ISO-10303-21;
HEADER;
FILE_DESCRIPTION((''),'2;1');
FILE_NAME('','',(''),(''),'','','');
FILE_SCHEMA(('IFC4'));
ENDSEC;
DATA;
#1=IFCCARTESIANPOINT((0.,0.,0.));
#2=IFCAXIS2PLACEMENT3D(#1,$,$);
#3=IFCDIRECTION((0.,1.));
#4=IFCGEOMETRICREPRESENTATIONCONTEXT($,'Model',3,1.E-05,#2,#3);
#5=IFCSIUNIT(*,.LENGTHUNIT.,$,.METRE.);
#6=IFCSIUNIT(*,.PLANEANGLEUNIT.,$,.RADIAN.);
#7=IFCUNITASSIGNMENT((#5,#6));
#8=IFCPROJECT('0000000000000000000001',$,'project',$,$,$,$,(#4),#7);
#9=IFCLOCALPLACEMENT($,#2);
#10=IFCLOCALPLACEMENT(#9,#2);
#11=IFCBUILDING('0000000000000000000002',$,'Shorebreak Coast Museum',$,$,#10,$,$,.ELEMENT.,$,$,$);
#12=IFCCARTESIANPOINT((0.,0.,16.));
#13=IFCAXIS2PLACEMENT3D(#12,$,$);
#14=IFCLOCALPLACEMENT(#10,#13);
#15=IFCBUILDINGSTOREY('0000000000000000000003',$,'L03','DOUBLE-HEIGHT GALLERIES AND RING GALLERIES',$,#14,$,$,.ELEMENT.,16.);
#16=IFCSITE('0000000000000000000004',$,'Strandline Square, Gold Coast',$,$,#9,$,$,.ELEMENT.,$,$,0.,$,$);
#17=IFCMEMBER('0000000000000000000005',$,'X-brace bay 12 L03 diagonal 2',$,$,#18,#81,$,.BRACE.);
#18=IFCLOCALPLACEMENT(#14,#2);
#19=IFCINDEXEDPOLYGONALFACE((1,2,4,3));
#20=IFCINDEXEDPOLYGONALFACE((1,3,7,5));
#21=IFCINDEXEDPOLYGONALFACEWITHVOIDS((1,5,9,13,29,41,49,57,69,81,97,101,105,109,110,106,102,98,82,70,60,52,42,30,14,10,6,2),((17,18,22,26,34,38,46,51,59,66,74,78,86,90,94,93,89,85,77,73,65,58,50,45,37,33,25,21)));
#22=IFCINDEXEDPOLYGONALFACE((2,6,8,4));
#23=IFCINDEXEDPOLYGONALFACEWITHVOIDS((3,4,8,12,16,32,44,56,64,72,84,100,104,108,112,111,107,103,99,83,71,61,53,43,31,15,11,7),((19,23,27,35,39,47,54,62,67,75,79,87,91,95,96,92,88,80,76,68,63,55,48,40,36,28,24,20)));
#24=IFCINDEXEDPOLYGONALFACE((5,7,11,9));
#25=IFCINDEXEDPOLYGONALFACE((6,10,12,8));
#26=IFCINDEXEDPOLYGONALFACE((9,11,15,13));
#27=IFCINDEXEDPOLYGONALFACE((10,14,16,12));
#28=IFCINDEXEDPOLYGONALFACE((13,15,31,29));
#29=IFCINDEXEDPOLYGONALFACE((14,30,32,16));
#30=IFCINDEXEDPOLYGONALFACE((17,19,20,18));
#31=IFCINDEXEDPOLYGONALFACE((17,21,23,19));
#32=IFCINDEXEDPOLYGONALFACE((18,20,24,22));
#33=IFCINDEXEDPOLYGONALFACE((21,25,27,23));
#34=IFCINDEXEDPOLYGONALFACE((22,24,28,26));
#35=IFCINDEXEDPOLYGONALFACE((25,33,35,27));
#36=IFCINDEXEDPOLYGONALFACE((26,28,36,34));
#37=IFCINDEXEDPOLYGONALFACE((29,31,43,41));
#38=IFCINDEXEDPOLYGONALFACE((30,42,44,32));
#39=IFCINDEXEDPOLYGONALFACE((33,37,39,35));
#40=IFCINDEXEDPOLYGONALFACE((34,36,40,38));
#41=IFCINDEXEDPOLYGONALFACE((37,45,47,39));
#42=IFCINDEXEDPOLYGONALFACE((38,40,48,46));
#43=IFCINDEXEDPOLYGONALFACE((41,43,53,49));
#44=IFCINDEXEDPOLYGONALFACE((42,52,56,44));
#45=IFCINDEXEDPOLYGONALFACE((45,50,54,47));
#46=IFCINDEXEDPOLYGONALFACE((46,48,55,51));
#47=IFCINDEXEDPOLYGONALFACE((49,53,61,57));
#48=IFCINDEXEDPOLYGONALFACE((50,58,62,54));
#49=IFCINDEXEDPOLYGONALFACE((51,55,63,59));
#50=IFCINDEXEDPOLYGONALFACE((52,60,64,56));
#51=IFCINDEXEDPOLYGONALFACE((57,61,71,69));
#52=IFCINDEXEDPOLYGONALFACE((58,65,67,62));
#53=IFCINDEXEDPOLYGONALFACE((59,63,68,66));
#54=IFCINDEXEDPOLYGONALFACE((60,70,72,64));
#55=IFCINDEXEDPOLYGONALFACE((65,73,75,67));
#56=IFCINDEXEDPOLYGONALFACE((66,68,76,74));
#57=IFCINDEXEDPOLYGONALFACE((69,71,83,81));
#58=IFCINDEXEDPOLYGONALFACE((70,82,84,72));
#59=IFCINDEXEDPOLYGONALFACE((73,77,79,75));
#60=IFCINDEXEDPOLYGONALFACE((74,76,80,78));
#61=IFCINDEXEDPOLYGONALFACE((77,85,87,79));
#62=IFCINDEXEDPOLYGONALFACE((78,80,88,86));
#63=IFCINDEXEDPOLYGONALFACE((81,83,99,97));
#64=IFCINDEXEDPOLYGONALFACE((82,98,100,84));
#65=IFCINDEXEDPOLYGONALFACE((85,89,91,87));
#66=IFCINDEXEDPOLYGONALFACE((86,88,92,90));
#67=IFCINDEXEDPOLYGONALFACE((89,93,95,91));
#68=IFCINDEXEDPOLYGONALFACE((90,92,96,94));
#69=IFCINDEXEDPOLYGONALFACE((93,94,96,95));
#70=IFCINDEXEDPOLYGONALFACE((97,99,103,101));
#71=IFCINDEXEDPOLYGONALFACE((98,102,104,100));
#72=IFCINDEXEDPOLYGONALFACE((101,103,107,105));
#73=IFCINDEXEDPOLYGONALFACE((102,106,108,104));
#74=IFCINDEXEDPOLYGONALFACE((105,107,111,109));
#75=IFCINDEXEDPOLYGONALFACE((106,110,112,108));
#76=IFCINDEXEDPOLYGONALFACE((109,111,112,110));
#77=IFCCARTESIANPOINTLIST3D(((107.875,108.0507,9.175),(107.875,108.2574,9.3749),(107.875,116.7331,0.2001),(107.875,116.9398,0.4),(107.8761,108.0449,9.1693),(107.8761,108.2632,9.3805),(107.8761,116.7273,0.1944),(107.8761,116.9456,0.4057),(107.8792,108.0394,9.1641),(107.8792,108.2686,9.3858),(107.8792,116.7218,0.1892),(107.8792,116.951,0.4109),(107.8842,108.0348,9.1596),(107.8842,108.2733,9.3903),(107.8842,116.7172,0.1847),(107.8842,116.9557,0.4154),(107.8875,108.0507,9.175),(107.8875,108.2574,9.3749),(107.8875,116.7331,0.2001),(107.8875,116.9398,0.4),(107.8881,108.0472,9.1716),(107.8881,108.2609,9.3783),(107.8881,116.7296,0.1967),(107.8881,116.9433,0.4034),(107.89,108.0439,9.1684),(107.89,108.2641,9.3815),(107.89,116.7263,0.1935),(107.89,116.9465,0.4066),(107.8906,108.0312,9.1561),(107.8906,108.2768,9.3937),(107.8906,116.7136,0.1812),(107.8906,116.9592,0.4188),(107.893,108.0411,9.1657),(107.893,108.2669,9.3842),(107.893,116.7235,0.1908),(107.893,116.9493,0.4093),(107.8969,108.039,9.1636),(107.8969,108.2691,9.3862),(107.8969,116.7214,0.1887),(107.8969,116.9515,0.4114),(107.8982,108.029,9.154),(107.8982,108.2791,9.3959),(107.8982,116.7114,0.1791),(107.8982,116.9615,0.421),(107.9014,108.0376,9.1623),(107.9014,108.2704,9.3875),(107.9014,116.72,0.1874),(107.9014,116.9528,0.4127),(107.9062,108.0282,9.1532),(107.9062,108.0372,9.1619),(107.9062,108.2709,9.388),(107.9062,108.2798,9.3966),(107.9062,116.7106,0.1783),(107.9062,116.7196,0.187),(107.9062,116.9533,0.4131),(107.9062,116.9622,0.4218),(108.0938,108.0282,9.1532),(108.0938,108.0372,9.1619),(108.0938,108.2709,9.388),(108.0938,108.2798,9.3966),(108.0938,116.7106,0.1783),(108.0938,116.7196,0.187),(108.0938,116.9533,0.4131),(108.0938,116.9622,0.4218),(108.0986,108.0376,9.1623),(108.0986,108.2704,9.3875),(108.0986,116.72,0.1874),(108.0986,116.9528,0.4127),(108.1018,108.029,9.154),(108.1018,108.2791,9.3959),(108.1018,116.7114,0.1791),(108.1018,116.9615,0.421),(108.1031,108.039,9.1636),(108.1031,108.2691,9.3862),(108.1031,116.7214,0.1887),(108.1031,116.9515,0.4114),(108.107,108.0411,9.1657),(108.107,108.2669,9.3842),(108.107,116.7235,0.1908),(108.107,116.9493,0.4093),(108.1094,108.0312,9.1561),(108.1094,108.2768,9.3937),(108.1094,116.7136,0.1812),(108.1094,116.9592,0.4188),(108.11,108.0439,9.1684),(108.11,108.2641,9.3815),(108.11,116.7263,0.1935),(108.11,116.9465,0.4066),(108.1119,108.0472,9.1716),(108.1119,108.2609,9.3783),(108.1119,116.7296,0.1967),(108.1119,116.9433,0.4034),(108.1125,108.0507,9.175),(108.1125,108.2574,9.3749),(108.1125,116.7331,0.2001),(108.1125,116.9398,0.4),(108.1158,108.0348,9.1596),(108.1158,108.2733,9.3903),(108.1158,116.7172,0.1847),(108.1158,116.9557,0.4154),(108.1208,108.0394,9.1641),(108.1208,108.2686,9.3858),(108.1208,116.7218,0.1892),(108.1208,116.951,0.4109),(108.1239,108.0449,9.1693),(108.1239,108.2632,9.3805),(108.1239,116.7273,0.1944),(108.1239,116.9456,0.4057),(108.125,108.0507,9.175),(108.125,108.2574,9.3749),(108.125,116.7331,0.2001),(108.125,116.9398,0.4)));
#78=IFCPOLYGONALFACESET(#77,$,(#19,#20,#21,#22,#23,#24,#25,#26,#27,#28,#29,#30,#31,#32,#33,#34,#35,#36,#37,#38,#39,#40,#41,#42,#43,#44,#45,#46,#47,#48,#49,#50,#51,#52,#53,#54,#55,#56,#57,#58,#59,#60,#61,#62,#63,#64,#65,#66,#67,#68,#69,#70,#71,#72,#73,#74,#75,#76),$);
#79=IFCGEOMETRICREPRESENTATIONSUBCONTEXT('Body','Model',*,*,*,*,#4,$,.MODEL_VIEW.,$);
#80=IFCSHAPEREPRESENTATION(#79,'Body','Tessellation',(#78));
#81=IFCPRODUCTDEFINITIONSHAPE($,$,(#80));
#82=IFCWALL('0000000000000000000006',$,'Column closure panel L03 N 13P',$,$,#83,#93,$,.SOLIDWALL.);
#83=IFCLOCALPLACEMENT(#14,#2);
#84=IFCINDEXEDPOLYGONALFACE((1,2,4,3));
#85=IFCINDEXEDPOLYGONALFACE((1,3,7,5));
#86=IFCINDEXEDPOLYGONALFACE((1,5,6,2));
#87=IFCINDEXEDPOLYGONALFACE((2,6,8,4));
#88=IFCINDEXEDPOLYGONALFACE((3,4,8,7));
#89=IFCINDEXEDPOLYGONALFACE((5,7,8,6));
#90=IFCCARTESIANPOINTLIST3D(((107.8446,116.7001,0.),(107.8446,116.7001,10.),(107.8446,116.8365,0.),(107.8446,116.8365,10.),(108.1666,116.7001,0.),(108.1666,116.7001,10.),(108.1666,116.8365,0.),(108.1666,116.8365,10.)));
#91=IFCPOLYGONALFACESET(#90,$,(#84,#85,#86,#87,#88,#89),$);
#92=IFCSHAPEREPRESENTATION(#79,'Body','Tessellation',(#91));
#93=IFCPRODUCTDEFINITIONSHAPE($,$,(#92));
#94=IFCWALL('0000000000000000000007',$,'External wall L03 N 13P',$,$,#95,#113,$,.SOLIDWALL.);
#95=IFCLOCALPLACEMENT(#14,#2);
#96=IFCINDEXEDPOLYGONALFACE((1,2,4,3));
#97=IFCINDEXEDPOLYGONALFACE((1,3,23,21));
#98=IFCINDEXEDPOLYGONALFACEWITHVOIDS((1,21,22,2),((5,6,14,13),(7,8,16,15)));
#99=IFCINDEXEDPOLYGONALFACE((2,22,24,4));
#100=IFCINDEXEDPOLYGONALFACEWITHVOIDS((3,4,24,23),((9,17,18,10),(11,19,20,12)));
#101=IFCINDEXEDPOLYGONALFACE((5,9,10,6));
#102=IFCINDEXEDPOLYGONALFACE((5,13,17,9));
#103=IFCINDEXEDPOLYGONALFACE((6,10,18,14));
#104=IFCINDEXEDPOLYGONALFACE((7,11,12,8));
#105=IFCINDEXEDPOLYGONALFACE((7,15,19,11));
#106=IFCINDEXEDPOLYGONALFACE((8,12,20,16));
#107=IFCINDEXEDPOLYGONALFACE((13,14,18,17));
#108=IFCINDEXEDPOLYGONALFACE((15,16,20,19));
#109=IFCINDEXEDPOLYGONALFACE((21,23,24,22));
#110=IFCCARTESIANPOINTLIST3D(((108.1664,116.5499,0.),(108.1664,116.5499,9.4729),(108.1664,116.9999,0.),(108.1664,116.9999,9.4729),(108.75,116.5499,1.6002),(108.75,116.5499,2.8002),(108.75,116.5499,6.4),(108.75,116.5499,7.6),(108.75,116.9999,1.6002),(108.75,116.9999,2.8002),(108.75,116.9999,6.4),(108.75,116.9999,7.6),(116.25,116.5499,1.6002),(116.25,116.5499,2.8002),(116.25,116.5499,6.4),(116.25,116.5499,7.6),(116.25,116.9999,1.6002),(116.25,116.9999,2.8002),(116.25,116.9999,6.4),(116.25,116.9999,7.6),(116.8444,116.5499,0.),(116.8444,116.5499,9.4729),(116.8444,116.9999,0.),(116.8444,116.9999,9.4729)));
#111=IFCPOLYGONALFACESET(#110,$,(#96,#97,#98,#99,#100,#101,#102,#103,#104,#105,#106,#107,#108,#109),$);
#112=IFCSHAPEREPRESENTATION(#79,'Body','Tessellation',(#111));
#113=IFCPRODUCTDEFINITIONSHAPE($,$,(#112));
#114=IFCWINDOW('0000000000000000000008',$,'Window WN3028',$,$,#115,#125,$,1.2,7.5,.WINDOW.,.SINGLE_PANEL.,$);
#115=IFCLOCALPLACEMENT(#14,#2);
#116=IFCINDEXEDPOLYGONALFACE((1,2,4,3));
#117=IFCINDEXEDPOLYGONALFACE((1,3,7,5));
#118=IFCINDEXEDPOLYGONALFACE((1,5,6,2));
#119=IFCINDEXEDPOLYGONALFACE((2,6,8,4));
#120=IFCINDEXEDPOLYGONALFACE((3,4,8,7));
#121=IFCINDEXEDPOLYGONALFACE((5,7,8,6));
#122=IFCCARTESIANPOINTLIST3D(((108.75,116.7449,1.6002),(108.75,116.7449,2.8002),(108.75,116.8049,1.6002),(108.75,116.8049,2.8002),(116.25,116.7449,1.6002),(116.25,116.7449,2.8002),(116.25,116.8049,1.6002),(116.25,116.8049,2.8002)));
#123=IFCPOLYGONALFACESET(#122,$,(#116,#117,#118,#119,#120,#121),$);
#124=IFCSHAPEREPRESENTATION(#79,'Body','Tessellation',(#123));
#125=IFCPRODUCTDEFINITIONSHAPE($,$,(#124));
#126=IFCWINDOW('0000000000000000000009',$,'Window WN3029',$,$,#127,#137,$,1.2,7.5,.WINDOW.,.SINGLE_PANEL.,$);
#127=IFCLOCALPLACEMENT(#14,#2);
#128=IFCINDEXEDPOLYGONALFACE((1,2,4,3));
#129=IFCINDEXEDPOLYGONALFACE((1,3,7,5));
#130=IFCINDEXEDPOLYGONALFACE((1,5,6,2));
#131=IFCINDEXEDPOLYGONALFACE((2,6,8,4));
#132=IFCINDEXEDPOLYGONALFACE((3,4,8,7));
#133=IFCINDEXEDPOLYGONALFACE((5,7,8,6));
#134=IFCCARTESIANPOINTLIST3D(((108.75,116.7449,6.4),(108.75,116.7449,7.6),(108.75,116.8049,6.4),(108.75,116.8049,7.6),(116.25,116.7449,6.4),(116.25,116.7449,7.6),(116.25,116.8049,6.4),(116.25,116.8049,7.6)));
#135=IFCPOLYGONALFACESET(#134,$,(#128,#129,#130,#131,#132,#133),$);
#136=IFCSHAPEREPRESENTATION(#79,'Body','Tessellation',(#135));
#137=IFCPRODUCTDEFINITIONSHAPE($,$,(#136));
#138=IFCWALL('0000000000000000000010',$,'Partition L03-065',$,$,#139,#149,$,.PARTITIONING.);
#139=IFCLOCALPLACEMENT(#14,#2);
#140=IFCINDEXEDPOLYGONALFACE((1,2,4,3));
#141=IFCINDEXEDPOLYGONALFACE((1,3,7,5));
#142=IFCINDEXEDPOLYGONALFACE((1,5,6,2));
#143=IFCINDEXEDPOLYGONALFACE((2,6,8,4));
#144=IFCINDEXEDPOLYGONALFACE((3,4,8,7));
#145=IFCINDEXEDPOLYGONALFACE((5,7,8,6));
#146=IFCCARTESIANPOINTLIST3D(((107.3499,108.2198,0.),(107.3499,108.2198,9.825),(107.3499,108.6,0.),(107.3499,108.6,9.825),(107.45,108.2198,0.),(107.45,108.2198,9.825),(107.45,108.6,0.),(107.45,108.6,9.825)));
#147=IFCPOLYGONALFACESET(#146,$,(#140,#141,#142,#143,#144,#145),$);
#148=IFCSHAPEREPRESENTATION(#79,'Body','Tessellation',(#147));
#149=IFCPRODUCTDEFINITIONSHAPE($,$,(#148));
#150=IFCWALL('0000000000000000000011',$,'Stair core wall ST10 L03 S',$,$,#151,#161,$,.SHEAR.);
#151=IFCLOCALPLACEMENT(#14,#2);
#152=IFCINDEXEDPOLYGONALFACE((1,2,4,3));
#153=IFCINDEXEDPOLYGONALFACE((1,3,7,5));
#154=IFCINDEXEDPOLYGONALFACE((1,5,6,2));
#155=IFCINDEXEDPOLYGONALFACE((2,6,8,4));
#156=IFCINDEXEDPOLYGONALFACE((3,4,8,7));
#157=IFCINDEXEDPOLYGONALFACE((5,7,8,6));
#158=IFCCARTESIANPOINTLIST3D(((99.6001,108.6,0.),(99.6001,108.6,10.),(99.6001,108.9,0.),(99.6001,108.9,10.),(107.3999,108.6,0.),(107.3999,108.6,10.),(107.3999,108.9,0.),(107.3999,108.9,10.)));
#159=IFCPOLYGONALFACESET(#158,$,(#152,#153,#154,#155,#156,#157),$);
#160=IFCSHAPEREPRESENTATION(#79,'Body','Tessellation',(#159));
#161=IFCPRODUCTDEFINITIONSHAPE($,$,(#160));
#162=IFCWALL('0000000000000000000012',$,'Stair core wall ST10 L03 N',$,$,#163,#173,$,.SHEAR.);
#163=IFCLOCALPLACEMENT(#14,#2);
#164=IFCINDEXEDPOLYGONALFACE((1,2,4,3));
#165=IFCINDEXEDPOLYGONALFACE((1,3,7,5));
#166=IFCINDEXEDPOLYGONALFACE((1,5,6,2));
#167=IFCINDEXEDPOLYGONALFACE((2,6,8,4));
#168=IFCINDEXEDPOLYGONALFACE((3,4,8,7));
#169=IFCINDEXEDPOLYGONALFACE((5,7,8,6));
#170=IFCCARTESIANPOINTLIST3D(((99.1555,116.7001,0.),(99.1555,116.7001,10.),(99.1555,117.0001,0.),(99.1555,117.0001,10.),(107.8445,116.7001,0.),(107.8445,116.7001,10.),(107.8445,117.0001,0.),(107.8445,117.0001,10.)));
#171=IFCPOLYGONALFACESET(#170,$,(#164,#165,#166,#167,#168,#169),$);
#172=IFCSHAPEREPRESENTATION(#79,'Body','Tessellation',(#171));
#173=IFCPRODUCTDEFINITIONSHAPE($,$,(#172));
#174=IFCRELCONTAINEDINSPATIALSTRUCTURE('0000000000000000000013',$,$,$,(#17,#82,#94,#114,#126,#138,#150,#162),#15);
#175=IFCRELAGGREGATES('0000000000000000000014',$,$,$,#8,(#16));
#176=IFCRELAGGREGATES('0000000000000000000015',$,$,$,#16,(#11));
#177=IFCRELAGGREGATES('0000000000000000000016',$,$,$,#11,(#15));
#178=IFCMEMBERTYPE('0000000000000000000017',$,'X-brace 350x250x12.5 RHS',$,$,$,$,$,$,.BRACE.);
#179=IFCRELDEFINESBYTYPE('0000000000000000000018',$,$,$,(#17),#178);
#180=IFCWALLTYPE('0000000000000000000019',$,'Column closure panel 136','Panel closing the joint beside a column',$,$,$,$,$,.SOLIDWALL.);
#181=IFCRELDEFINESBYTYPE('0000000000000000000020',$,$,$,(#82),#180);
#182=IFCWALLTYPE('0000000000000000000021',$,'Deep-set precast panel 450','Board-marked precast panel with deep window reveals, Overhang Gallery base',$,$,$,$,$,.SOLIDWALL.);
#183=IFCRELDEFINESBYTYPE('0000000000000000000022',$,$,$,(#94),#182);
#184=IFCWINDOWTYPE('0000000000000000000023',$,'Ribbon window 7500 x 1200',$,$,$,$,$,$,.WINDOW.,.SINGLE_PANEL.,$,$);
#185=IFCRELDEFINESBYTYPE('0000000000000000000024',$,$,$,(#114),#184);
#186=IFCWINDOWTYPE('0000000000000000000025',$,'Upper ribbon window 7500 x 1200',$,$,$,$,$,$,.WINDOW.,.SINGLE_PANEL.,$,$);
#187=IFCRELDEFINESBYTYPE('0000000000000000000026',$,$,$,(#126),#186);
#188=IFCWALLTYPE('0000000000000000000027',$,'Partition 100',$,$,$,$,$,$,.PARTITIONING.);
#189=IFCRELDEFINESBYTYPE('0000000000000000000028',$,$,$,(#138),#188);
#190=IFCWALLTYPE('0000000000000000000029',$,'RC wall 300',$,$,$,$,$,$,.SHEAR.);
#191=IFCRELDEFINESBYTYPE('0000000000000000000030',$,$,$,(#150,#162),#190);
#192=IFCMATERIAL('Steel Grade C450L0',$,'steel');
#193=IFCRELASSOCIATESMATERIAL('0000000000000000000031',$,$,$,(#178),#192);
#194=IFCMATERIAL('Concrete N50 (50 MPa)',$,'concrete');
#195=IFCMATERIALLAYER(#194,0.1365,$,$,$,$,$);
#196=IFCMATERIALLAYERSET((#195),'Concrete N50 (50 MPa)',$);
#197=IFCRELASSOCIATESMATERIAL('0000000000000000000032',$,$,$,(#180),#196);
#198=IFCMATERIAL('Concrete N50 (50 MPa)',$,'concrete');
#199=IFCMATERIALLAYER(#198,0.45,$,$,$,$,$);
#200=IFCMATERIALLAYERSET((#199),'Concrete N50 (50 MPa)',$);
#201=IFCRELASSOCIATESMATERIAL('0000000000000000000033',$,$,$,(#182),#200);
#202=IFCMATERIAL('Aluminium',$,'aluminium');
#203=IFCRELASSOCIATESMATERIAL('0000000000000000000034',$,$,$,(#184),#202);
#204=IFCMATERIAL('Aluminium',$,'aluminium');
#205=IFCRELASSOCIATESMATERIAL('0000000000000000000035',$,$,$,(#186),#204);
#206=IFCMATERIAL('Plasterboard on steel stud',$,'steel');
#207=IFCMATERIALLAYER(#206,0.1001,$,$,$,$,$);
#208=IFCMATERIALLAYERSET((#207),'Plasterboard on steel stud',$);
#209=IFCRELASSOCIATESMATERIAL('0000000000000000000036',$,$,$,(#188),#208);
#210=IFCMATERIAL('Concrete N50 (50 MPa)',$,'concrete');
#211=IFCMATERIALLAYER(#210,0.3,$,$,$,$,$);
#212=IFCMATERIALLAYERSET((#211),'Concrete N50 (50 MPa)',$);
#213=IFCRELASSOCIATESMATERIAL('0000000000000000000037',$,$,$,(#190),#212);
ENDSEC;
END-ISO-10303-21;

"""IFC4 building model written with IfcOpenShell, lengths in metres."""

from ifc_helpers import new_model, si_unit, direction, frame, frame_2d, origin, origin_2d, place, context, subcontext, project, spatial, rectangle, hollow_rectangle, extrude, material, layer, layer_set, material_profile, profile_set, type_object, element, fill, save


model = new_model("IFC4")

# Units and contexts
model_context = context("Model", 3, precision=1e-05, world=origin(), true_north=direction((0.0, 1.0)))
body_context = subcontext(model_context, "Body", "Model", "MODEL_VIEW")
ifc_project = project(units=[si_unit("LENGTHUNIT", "METRE"), si_unit("PLANEANGLEUNIT", "RADIAN")], contexts=[model_context])

# Site, building, storey
site_placement = place(None, origin())
site = spatial("IfcSite", under=ifc_project, at=site_placement, Name="Strandline Square, Gold Coast", CompositionType="ELEMENT", RefElevation=0.0)
building_placement = place(site_placement, origin())
building = spatial("IfcBuilding", under=site, at=building_placement, Name="Shorebreak Coast Museum", CompositionType="ELEMENT")
storey_placement = place(building_placement, frame((0.0, 0.0, 16.0)))
storey = spatial("IfcBuildingStorey", under=building, at=storey_placement, Name="L03", Description="DOUBLE-HEIGHT GALLERIES AND RING GALLERIES", CompositionType="ELEMENT", Elevation=16.0)

# Member
ifc_material_1 = material(Name="Steel Grade C450L0", Category="steel")
ifc_material_profile_1 = material_profile(ifc_material_1, hollow_rectangle(XDim=0.25, YDim=0.3501, WallThickness=0.0125, InnerFilletRadius=0.0188, OuterFilletRadius=0.0312, at=origin_2d()), Name="350x250x12.5 RHS")
ifc_profile_set_1 = profile_set([ifc_material_profile_1], Name="Steel Grade C450L0")
member_type = type_object("IfcMemberType", Name="X-brace 350x250x12.5 RHS", PredefinedType="BRACE", material=ifc_profile_set_1)
for number, where, z_axis, x_axis, name in (
    (1, (108.0, 116.8364, 0.3), (0.0, -0.695299, 0.718721), (1.0, 0.0, 0.0), "X-brace bay 12 L03 diagonal 2"),
):
    element("IfcMember", number, at=place(storey_placement, frame(where, z_axis=z_axis, x_axis=x_axis)), inside=storey, type_object=member_type, Name=name, PredefinedType="BRACE", context=body_context, shape_type="SweptSolid", body=[
        extrude(hollow_rectangle(XDim=0.25, YDim=0.3501, WallThickness=0.0125, InnerFilletRadius=0.0188, OuterFilletRadius=0.0312, at=origin_2d()), origin(), (0.0, 0.0, 1.0), 12.4873),
    ])

# Wall
ifc_material_2 = material(Name="Concrete N50 (50 MPa)", Category="concrete")
ifc_layer_1 = layer(ifc_material_2, 0.1365)
ifc_layer_set_1 = layer_set([ifc_layer_1], Name="Concrete N50 (50 MPa)")
wall_type_1 = type_object("IfcWallType", Name="Column closure panel 136", Description="Panel closing the joint beside a column", PredefinedType="SOLIDWALL", material=ifc_layer_set_1)
wall_1_placement = place(storey_placement, frame((107.8445, 116.7683, 0.0), z_axis=(0.0, 0.0, 1.0), x_axis=(1.0, 0.0, 0.0)))
element("IfcWall", 2, at=wall_1_placement, inside=storey, type_object=wall_type_1, Name="Column closure panel L03 N 13P", PredefinedType="SOLIDWALL", context=body_context, shape_type="SweptSolid", body=[
    extrude(rectangle(XDim=0.322, YDim=0.1365, at=frame_2d((0.1611, 0.0))), origin(), (0.0, 0.0, 1.0), 10.0),
])

# Wall, openings, windows
ifc_material_3 = material(Name="Concrete N50 (50 MPa)", Category="concrete")
ifc_layer_2 = layer(ifc_material_3, 0.45)
ifc_layer_set_2 = layer_set([ifc_layer_2], Name="Concrete N50 (50 MPa)")
wall_type_2 = type_object("IfcWallType", Name="Deep-set precast panel 450", Description="Board-marked precast panel with deep window reveals, Overhang Gallery base", PredefinedType="SOLIDWALL", material=ifc_layer_set_2)
wall_2_placement = place(storey_placement, frame((108.1665, 116.7749, 0.0), z_axis=(0.0, 0.0, 1.0), x_axis=(1.0, 0.0, 0.0)))
wall_2 = element("IfcWall", 3, at=wall_2_placement, inside=storey, type_object=wall_type_2, Name="External wall L03 N 13P", PredefinedType="SOLIDWALL", context=body_context, shape_type="SweptSolid", body=[
    extrude(rectangle(XDim=8.678, YDim=0.45, at=frame_2d((4.3389, 0.0))), origin(), (0.0, 0.0, 1.0), 9.4729),
])
opening_1_placement = place(wall_2_placement, frame((0.5835, 0.0, 1.6001)))
opening_1 = element("IfcOpeningElement", 4, at=opening_1_placement, cuts=wall_2, PredefinedType="OPENING", context=body_context, shape_type="SweptSolid", body=[
    extrude(rectangle(XDim=7.5, YDim=1.2, at=frame_2d((3.75, 0.6001))), frame((0.0, 0.2349, 0.0), z_axis=(0.0, -1.0, 0.0), x_axis=(1.0, 0.0, 0.0)), (0.0, 0.0, 1.0), 0.47),
])
opening_2_placement = place(wall_2_placement, frame((0.5835, 0.0, 6.3999)))
opening_2 = element("IfcOpeningElement", 5, at=opening_2_placement, cuts=wall_2, PredefinedType="OPENING", context=body_context, shape_type="SweptSolid", body=[
    extrude(rectangle(XDim=7.5, YDim=1.2, at=frame_2d((3.75, 0.6001))), frame((0.0, 0.2349, 0.0), z_axis=(0.0, -1.0, 0.0), x_axis=(1.0, 0.0, 0.0)), (0.0, 0.0, 1.0), 0.47),
])
ifc_material_4 = material(Name="Aluminium", Category="aluminium")
window_type_1 = type_object("IfcWindowType", Name="Ribbon window 7500 x 1200", PartitioningType="SINGLE_PANEL", PredefinedType="WINDOW", material=ifc_material_4)
window_1_placement = place(opening_1_placement, origin())
window_1 = element("IfcWindow", 6, at=window_1_placement, inside=storey, type_object=window_type_1, Name="Window WN3028", OverallHeight=1.2, OverallWidth=7.5, PartitioningType="SINGLE_PANEL", PredefinedType="WINDOW", context=body_context, shape_type="SweptSolid", body=[
    extrude(rectangle(XDim=7.5, YDim=1.2, at=frame_2d((3.75, 0.6001))), frame((0.0, 0.03, 0.0), z_axis=(0.0, -1.0, 0.0), x_axis=(1.0, 0.0, 0.0)), (0.0, 0.0, 1.0), 0.0601),
])
fill(opening_1, window_1)
ifc_material_5 = material(Name="Aluminium", Category="aluminium")
window_type_2 = type_object("IfcWindowType", Name="Upper ribbon window 7500 x 1200", PartitioningType="SINGLE_PANEL", PredefinedType="WINDOW", material=ifc_material_5)
window_2_placement = place(opening_2_placement, origin())
window_2 = element("IfcWindow", 7, at=window_2_placement, inside=storey, type_object=window_type_2, Name="Window WN3029", OverallHeight=1.2, OverallWidth=7.5, PartitioningType="SINGLE_PANEL", PredefinedType="WINDOW", context=body_context, shape_type="SweptSolid", body=[
    extrude(rectangle(XDim=7.5, YDim=1.2, at=frame_2d((3.75, 0.6001))), frame((0.0, 0.03, 0.0), z_axis=(0.0, -1.0, 0.0), x_axis=(1.0, 0.0, 0.0)), (0.0, 0.0, 1.0), 0.0601),
])
fill(opening_2, window_2)

# Walls
ifc_material_6 = material(Name="Plasterboard on steel stud", Category="steel")
ifc_layer_3 = layer(ifc_material_6, 0.1001)
ifc_layer_set_3 = layer_set([ifc_layer_3], Name="Plasterboard on steel stud")
wall_type_3 = type_object("IfcWallType", Name="Partition 100", PredefinedType="PARTITIONING", material=ifc_layer_set_3)
wall_3_placement = place(storey_placement, frame((107.3999, 108.22, 0.0), z_axis=(0.0, 0.0, 1.0), x_axis=(0.0, 1.0, 0.0)))
element("IfcWall", 8, at=wall_3_placement, inside=storey, type_object=wall_type_3, Name="Partition L03-065", PredefinedType="PARTITIONING", context=body_context, shape_type="SweptSolid", body=[
    extrude(rectangle(XDim=0.3801, YDim=0.1001, at=frame_2d((0.1899, 0.0))), origin(), (0.0, 0.0, 1.0), 9.825),
])
ifc_material_7 = material(Name="Concrete N50 (50 MPa)", Category="concrete")
ifc_layer_4 = layer(ifc_material_7, 0.3)
ifc_layer_set_4 = layer_set([ifc_layer_4], Name="Concrete N50 (50 MPa)")
wall_type_4 = type_object("IfcWallType", Name="RC wall 300", PredefinedType="SHEAR", material=ifc_layer_set_4)
wall_4_placement = place(storey_placement, frame((99.6001, 108.75, 0.0), z_axis=(0.0, 0.0, 1.0), x_axis=(1.0, 0.0, 0.0)))
element("IfcWall", 9, at=wall_4_placement, inside=storey, type_object=wall_type_4, Name="Stair core wall ST10 L03 S", PredefinedType="SHEAR", context=body_context, shape_type="SweptSolid", body=[
    extrude(rectangle(XDim=7.7998, YDim=0.3, at=frame_2d((3.8999, 0.0))), origin(), (0.0, 0.0, 1.0), 10.0),
])
wall_5_placement = place(storey_placement, frame((99.1555, 116.8501, 0.0), z_axis=(0.0, 0.0, 1.0), x_axis=(1.0, 0.0, 0.0)))
element("IfcWall", 10, at=wall_5_placement, inside=storey, type_object=wall_type_4, Name="Stair core wall ST10 L03 N", PredefinedType="SHEAR", context=body_context, shape_type="SweptSolid", body=[
    extrude(rectangle(XDim=8.689, YDim=0.3, at=frame_2d((4.3445, 0.0))), origin(), (0.0, 0.0, 1.0), 10.0),
])

save(model, "model.ifc")
